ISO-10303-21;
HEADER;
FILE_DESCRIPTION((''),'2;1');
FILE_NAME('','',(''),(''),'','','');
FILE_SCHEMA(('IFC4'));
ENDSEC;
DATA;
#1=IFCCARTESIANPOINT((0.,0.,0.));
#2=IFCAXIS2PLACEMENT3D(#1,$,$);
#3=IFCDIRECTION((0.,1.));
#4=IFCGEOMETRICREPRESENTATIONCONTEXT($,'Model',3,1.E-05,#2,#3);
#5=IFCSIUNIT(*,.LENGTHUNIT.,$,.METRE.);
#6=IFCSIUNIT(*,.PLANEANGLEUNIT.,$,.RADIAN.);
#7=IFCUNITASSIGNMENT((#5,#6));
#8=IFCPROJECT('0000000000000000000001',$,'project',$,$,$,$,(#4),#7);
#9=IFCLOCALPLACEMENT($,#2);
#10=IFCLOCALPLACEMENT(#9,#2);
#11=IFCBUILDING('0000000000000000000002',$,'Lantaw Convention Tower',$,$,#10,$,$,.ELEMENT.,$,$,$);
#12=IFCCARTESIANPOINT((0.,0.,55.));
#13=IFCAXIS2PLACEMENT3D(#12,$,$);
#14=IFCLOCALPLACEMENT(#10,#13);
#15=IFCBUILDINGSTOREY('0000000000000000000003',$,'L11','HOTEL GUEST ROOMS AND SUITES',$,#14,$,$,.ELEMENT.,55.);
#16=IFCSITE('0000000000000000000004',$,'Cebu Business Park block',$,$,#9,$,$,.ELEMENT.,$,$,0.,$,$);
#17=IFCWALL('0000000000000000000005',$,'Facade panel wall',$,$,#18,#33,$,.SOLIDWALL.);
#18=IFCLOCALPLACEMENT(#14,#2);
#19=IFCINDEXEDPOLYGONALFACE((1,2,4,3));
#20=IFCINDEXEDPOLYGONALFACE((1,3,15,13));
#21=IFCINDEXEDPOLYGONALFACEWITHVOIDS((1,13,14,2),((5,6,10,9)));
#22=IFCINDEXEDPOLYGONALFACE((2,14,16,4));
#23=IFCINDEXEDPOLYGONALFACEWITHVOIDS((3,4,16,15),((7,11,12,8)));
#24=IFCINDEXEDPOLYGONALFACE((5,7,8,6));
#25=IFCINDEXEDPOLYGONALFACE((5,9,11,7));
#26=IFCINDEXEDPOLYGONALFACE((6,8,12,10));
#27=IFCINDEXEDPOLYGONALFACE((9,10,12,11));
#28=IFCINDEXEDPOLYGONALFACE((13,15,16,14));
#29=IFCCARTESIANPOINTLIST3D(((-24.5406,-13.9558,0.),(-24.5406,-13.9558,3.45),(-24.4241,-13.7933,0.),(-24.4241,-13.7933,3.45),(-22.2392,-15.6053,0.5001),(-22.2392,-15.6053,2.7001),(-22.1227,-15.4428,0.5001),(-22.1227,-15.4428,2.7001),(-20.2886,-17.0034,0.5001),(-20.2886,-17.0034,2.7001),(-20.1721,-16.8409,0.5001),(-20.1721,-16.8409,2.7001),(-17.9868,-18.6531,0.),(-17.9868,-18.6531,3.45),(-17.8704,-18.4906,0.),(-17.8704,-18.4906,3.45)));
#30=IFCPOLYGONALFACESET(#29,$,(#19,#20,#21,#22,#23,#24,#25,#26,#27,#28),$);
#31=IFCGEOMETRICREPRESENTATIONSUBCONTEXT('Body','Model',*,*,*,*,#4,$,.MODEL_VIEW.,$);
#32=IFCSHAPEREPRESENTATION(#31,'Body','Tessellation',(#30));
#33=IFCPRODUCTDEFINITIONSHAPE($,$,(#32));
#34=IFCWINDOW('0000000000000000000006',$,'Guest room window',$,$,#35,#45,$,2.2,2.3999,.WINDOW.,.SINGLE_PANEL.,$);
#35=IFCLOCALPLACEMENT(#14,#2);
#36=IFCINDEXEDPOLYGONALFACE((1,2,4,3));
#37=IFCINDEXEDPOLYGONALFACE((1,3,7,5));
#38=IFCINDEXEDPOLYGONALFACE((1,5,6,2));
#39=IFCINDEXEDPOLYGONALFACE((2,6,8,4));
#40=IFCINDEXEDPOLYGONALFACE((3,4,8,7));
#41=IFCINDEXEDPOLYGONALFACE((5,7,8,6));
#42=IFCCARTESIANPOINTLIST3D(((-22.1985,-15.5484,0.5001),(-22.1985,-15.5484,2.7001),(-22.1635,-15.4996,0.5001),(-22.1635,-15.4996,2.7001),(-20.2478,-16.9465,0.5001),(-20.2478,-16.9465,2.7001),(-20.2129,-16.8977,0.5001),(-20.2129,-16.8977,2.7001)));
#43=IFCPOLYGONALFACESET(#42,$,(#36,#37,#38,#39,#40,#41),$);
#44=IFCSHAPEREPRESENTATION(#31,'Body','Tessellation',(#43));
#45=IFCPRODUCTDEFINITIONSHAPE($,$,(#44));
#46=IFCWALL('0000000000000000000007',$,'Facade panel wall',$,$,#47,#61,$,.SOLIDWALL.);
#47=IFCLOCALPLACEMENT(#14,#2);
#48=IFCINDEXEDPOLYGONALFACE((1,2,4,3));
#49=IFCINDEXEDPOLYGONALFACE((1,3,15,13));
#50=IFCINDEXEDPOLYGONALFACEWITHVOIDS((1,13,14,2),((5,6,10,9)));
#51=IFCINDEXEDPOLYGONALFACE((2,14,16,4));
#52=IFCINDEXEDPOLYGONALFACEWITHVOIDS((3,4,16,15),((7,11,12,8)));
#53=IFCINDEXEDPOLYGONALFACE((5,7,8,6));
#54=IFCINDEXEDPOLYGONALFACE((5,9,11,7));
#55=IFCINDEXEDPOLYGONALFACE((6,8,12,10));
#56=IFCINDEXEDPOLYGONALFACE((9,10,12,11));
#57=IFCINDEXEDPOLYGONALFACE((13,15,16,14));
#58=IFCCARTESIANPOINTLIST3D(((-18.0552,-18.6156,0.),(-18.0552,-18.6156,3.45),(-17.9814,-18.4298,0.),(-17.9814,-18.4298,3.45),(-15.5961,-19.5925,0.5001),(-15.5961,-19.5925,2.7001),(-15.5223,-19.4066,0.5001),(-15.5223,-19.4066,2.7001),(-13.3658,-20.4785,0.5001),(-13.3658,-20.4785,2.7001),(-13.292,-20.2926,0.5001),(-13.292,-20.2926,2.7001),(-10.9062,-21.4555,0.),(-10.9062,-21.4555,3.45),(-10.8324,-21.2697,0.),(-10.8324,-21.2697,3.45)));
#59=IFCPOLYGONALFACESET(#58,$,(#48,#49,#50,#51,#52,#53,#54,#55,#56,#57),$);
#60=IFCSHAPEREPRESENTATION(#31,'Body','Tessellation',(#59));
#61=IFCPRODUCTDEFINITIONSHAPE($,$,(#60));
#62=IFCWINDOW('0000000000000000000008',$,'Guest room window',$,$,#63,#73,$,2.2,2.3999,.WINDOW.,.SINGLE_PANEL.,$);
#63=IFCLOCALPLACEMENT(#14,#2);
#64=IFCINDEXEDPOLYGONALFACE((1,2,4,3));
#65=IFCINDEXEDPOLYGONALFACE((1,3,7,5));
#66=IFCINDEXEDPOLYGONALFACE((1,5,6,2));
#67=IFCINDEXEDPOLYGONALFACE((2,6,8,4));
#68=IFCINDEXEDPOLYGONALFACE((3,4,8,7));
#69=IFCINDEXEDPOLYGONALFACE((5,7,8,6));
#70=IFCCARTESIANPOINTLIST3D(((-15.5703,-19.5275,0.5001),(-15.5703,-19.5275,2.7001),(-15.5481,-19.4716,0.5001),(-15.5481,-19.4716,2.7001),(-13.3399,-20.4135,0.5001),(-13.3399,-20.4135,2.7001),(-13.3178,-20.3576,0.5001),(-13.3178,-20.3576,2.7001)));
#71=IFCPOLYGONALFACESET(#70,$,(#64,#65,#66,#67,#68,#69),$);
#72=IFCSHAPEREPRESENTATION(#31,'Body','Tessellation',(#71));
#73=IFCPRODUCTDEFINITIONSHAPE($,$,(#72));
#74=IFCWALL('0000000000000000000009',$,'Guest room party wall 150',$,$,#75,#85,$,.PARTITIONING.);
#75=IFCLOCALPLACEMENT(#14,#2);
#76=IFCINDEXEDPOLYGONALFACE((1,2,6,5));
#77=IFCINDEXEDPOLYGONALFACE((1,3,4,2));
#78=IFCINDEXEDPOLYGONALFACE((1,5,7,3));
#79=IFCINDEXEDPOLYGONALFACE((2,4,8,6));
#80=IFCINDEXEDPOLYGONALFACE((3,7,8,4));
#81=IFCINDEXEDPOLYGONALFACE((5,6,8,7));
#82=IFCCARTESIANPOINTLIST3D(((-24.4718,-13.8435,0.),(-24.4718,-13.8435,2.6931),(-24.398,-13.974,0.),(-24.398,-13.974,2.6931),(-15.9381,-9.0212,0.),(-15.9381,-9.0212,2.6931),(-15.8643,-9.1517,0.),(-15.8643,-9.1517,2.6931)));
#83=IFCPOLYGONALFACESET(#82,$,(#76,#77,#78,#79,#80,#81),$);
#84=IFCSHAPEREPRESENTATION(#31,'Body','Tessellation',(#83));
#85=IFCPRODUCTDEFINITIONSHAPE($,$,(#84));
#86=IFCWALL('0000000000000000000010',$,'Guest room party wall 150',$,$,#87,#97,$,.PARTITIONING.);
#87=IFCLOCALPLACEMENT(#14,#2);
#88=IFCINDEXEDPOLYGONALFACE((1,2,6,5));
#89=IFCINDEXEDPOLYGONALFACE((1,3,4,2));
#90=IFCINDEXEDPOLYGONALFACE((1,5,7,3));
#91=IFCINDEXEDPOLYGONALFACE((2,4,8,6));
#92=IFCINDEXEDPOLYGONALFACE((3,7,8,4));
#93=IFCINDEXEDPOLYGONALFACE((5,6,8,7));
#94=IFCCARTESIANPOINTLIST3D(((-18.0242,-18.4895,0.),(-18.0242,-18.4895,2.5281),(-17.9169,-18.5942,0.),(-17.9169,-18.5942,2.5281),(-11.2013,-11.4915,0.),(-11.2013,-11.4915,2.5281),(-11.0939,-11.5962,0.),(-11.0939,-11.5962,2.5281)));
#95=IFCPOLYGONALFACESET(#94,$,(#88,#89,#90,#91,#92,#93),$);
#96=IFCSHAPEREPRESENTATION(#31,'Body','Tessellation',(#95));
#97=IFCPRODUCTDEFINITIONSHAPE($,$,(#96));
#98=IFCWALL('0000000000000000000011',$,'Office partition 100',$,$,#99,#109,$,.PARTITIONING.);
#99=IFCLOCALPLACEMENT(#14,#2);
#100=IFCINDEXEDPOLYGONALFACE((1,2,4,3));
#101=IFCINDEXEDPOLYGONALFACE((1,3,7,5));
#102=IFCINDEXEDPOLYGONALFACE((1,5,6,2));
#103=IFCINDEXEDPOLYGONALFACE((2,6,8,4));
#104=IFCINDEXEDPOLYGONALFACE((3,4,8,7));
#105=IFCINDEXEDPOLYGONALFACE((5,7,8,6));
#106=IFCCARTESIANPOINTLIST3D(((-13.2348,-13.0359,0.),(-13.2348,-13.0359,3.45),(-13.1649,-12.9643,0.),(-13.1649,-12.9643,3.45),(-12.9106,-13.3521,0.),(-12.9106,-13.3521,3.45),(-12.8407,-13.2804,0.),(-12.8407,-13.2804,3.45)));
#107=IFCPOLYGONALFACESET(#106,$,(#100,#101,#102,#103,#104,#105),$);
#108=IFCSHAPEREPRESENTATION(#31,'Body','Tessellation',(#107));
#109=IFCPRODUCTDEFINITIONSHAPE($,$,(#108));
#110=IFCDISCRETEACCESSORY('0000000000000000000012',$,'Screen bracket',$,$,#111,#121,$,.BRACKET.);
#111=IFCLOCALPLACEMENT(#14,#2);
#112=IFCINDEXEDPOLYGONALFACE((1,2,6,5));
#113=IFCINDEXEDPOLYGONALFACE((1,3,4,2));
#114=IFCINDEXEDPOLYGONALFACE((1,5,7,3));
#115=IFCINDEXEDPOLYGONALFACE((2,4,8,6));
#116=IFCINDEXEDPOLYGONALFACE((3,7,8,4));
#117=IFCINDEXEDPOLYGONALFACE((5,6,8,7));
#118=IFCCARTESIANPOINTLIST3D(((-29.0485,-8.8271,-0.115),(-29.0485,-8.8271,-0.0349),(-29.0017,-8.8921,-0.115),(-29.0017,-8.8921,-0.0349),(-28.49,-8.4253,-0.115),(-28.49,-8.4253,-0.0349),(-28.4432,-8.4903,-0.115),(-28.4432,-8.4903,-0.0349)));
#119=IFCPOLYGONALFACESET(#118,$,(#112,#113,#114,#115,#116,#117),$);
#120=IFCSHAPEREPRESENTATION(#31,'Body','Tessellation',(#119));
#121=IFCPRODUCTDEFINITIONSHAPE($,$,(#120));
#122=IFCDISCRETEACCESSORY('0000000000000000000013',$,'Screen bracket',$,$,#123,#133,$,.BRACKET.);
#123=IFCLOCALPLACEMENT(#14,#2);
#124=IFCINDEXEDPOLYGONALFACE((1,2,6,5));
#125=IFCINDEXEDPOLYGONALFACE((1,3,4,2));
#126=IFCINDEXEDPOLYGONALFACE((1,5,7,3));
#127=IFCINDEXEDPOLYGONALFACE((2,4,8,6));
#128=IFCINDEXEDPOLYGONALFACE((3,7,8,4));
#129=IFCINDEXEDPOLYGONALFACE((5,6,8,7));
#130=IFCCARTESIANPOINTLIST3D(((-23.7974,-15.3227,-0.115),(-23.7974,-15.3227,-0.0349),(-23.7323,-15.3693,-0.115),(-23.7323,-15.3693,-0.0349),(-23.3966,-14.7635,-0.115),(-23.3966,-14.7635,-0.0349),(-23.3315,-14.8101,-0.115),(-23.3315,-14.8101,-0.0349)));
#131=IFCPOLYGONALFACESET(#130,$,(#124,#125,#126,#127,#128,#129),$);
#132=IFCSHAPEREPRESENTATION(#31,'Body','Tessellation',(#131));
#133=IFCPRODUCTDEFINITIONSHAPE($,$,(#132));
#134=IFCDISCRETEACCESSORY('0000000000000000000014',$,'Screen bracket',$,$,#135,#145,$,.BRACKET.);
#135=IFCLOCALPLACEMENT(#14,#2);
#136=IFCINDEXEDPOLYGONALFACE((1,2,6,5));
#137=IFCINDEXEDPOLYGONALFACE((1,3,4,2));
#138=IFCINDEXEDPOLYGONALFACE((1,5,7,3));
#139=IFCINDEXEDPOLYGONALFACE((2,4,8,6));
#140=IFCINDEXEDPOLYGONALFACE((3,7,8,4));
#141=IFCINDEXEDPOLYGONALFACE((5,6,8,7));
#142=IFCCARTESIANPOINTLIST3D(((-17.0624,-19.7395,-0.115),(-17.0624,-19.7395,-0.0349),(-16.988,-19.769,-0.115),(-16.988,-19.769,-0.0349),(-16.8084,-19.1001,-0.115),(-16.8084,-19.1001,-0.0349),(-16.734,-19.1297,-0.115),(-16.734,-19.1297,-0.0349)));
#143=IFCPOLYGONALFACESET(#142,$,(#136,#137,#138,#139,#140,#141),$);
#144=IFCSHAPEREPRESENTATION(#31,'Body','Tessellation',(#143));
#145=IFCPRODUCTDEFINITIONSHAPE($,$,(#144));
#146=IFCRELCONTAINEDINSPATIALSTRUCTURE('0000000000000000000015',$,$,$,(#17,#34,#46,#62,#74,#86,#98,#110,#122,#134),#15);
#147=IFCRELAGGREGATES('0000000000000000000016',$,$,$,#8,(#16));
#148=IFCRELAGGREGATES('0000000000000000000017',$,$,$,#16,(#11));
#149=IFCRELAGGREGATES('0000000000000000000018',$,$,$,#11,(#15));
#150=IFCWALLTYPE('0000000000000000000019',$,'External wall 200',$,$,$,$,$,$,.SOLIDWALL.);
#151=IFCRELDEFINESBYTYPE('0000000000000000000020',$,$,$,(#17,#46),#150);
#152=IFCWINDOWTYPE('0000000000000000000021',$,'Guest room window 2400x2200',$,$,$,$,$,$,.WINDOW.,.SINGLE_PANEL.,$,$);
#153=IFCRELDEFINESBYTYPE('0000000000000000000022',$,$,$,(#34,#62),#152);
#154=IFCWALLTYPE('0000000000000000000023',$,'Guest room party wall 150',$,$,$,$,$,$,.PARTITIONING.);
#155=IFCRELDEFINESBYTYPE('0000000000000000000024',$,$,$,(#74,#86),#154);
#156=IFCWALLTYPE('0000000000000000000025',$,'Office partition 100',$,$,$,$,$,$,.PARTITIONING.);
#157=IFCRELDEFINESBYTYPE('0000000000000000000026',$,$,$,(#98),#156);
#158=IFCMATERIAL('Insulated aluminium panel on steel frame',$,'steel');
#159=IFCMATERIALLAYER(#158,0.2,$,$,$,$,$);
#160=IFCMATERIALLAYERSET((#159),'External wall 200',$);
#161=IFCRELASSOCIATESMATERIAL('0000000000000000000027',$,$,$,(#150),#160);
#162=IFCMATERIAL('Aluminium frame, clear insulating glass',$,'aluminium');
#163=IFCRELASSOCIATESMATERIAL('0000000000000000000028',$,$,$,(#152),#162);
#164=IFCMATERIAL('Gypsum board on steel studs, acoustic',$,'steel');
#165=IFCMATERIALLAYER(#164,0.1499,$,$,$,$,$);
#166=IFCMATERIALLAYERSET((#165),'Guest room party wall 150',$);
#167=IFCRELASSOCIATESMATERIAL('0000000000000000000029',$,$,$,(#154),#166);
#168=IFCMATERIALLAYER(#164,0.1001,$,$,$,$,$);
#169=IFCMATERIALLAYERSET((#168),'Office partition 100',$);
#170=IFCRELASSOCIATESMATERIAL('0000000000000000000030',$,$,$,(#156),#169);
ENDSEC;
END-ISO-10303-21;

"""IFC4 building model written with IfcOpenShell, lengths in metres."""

from ifc_helpers import new_model, si_unit, direction, frame, frame_2d, origin, origin_2d, place, context, subcontext, project, spatial, rectangle, extrude, material, layer, layer_set, type_object, element, fill, save


model = new_model("IFC4")

# Units and contexts
model_context = context("Model", 3, precision=1e-05, world=origin(), true_north=direction((0.0, 1.0)))
body_context = subcontext(model_context, "Body", "Model", "MODEL_VIEW")
ifc_project = project(units=[si_unit("LENGTHUNIT", "METRE"), si_unit("PLANEANGLEUNIT", "RADIAN")], contexts=[model_context])

# Site, building, storey
site_placement = place(None, origin())
site = spatial("IfcSite", under=ifc_project, at=site_placement, Name="Cebu Business Park block", CompositionType="ELEMENT", RefElevation=0.0)
building_placement = place(site_placement, origin())
building = spatial("IfcBuilding", under=site, at=building_placement, Name="Lantaw Convention Tower", CompositionType="ELEMENT")
storey_placement = place(building_placement, frame((0.0, 0.0, 55.0)))
storey = spatial("IfcBuildingStorey", under=building, at=storey_placement, Name="L11", Description="HOTEL GUEST ROOMS AND SUITES", CompositionType="ELEMENT", Elevation=55.0)

# Walls, openings, windows
ifc_material_1 = material(Name="Insulated aluminium panel on steel frame", Category="steel")
ifc_layer_1 = layer(ifc_material_1, 0.2)
ifc_layer_set_1 = layer_set([ifc_layer_1], Name="External wall 200")
wall_type_1 = type_object("IfcWallType", Name="External wall 200", PredefinedType="SOLIDWALL", material=ifc_layer_set_1)
wall_1_placement = place(storey_placement, frame((-24.4824, -13.8745, 0.0), z_axis=(0.0, 0.0, 1.0), x_axis=(0.812791, -0.582555, 0.0)))
wall_1 = element("IfcWall", 1, at=wall_1_placement, inside=storey, type_object=wall_type_1, Name="Facade panel wall", PredefinedType="SOLIDWALL", context=body_context, shape_type="SweptSolid", body=[
    extrude(rectangle(XDim=8.0632, YDim=0.2, at=frame_2d((4.0317, 0.0))), origin(), (0.0, 0.0, 1.0), 3.45),
])
opening_1_placement = place(wall_1_placement, frame((2.8315, 0.0, 0.5)))
opening_1 = element("IfcOpeningElement", 2, at=opening_1_placement, cuts=wall_1, PredefinedType="OPENING", context=body_context, shape_type="SweptSolid", body=[
    extrude(rectangle(XDim=2.3999, YDim=2.2, at=frame_2d((1.2, 1.1001))), frame((0.0, 0.1099, 0.0), z_axis=(0.0, -1.0, 0.0), x_axis=(1.0, 0.0, 0.0)), (0.0, 0.0, 1.0), 0.22),
])
ifc_material_2 = material(Name="Aluminium frame, clear insulating glass", Category="aluminium")
window_type = type_object("IfcWindowType", Name="Guest room window 2400x2200", PartitioningType="SINGLE_PANEL", PredefinedType="WINDOW", material=ifc_material_2)
window_1_placement = place(opening_1_placement, origin())
window_1 = element("IfcWindow", 3, at=window_1_placement, inside=storey, type_object=window_type, Name="Guest room window", OverallHeight=2.2, OverallWidth=2.3999, PartitioningType="SINGLE_PANEL", PredefinedType="WINDOW", context=body_context, shape_type="SweptSolid", body=[
    extrude(rectangle(XDim=2.3999, YDim=2.2, at=frame_2d((1.2, 1.1001))), frame((0.0, 0.03, 0.0), z_axis=(0.0, -1.0, 0.0), x_axis=(1.0, 0.0, 0.0)), (0.0, 0.0, 1.0), 0.0601),
])
fill(opening_1, window_1)
wall_2_placement = place(storey_placement, frame((-18.0183, -18.5227, 0.0), z_axis=(0.0, 0.0, 1.0), x_axis=(0.929358, -0.369179, 0.0)))
wall_2 = element("IfcWall", 4, at=wall_2_placement, inside=storey, type_object=wall_type_1, Name="Facade panel wall", PredefinedType="SOLIDWALL", context=body_context, shape_type="SweptSolid", body=[
    extrude(rectangle(XDim=7.6924, YDim=0.2, at=frame_2d((3.8462, 0.0))), origin(), (0.0, 0.0, 1.0), 3.45),
])
opening_2_placement = place(wall_2_placement, frame((2.646, 0.0, 0.5)))
opening_2 = element("IfcOpeningElement", 5, at=opening_2_placement, cuts=wall_2, PredefinedType="OPENING", context=body_context, shape_type="SweptSolid", body=[
    extrude(rectangle(XDim=2.3999, YDim=2.2, at=frame_2d((1.2, 1.1001))), frame((0.0, 0.1099, 0.0), z_axis=(0.0, -1.0, 0.0), x_axis=(1.0, 0.0, 0.0)), (0.0, 0.0, 1.0), 0.22),
])
window_2_placement = place(opening_2_placement, origin())
window_2 = element("IfcWindow", 6, at=window_2_placement, inside=storey, type_object=window_type, Name="Guest room window", OverallHeight=2.2, OverallWidth=2.3999, PartitioningType="SINGLE_PANEL", PredefinedType="WINDOW", context=body_context, shape_type="SweptSolid", body=[
    extrude(rectangle(XDim=2.3999, YDim=2.2, at=frame_2d((1.2, 1.1001))), frame((0.0, 0.03, 0.0), z_axis=(0.0, -1.0, 0.0), x_axis=(1.0, 0.0, 0.0)), (0.0, 0.0, 1.0), 0.0601),
])
fill(opening_2, window_2)

# Walls
ifc_material_3 = material(Name="Gypsum board on steel studs, acoustic", Category="steel")
ifc_layer_2 = layer(ifc_material_3, 0.1499)
ifc_layer_set_2 = layer_set([ifc_layer_2], Name="Guest room party wall 150")
wall_type_2 = type_object("IfcWallType", Name="Guest room party wall 150", PredefinedType="PARTITIONING", material=ifc_layer_set_2)
wall_3_placement = place(storey_placement, frame((-24.4348, -13.9087, 0.0), z_axis=(0.0, 0.0, 1.0), x_axis=(0.870612, 0.49197, 0.0)))
element("IfcWall", 7, at=wall_3_placement, inside=storey, type_object=wall_type_2, Name="Guest room party wall 150", PredefinedType="PARTITIONING", context=body_context, shape_type="SweptSolid", body=[
    extrude(rectangle(XDim=9.802, YDim=0.1499, at=frame_2d((4.9009, 0.0))), origin(), (0.0, 0.0, 1.0), 2.6931),
])
wall_4_placement = place(storey_placement, frame((-17.9705, -18.5417, 0.0), z_axis=(0.0, 0.0, 1.0), x_axis=(0.698095, 0.716005, 0.0)))
element("IfcWall", 8, at=wall_4_placement, inside=storey, type_object=wall_type_2, Name="Guest room party wall 150", PredefinedType="PARTITIONING", context=body_context, shape_type="SweptSolid", body=[
    extrude(rectangle(XDim=9.7737, YDim=0.1499, at=frame_2d((4.8867, 0.0))), origin(), (0.0, 0.0, 1.0), 2.5281),
])
ifc_layer_3 = layer(ifc_material_3, 0.1001)
ifc_layer_set_3 = layer_set([ifc_layer_3], Name="Office partition 100")
wall_type_3 = type_object("IfcWallType", Name="Office partition 100", PredefinedType="PARTITIONING", material=ifc_layer_set_3)
wall_5_placement = place(storey_placement, frame((-13.2, -13.0, 0.0), z_axis=(0.0, 0.0, 1.0), x_axis=(0.715946, -0.698155, 0.0)))
element("IfcWall", 9, at=wall_5_placement, inside=storey, type_object=wall_type_3, Name="Office partition 100", PredefinedType="PARTITIONING", context=body_context, shape_type="SweptSolid", body=[
    extrude(rectangle(XDim=0.4529, YDim=0.1001, at=frame_2d((0.2266, 0.0))), origin(), (0.0, 0.0, 1.0), 3.45),
])

# Discrete accessories
for number, where, z_axis, x_axis, name in (
    (10, (-28.7458, -8.6587, -0.115), (0.0, 0.0, 1.0), (0.583951, -0.811789, 0.0), "Screen bracket"),
    (11, (-23.5645, -15.0664, -0.115), (0.0, 0.0, 1.0), (0.812804, -0.582538, 0.0), "Screen bracket"),
    (12, (-16.8982, -19.4346, -0.115), (0.0, 0.0, 1.0), (0.929361, -0.369172, 0.0), "Screen bracket"),
):
    element("IfcDiscreteAccessory", number, at=place(storey_placement, frame(where, z_axis=z_axis, x_axis=x_axis)), inside=storey, Name=name, PredefinedType="BRACKET", context=body_context, shape_type="SweptSolid", body=[
        extrude(rectangle(XDim=0.0801, YDim=0.688, at=origin_2d()), origin(), (0.0, 0.0, 1.0), 0.0801),
    ])

save(model, "model.ifc")
